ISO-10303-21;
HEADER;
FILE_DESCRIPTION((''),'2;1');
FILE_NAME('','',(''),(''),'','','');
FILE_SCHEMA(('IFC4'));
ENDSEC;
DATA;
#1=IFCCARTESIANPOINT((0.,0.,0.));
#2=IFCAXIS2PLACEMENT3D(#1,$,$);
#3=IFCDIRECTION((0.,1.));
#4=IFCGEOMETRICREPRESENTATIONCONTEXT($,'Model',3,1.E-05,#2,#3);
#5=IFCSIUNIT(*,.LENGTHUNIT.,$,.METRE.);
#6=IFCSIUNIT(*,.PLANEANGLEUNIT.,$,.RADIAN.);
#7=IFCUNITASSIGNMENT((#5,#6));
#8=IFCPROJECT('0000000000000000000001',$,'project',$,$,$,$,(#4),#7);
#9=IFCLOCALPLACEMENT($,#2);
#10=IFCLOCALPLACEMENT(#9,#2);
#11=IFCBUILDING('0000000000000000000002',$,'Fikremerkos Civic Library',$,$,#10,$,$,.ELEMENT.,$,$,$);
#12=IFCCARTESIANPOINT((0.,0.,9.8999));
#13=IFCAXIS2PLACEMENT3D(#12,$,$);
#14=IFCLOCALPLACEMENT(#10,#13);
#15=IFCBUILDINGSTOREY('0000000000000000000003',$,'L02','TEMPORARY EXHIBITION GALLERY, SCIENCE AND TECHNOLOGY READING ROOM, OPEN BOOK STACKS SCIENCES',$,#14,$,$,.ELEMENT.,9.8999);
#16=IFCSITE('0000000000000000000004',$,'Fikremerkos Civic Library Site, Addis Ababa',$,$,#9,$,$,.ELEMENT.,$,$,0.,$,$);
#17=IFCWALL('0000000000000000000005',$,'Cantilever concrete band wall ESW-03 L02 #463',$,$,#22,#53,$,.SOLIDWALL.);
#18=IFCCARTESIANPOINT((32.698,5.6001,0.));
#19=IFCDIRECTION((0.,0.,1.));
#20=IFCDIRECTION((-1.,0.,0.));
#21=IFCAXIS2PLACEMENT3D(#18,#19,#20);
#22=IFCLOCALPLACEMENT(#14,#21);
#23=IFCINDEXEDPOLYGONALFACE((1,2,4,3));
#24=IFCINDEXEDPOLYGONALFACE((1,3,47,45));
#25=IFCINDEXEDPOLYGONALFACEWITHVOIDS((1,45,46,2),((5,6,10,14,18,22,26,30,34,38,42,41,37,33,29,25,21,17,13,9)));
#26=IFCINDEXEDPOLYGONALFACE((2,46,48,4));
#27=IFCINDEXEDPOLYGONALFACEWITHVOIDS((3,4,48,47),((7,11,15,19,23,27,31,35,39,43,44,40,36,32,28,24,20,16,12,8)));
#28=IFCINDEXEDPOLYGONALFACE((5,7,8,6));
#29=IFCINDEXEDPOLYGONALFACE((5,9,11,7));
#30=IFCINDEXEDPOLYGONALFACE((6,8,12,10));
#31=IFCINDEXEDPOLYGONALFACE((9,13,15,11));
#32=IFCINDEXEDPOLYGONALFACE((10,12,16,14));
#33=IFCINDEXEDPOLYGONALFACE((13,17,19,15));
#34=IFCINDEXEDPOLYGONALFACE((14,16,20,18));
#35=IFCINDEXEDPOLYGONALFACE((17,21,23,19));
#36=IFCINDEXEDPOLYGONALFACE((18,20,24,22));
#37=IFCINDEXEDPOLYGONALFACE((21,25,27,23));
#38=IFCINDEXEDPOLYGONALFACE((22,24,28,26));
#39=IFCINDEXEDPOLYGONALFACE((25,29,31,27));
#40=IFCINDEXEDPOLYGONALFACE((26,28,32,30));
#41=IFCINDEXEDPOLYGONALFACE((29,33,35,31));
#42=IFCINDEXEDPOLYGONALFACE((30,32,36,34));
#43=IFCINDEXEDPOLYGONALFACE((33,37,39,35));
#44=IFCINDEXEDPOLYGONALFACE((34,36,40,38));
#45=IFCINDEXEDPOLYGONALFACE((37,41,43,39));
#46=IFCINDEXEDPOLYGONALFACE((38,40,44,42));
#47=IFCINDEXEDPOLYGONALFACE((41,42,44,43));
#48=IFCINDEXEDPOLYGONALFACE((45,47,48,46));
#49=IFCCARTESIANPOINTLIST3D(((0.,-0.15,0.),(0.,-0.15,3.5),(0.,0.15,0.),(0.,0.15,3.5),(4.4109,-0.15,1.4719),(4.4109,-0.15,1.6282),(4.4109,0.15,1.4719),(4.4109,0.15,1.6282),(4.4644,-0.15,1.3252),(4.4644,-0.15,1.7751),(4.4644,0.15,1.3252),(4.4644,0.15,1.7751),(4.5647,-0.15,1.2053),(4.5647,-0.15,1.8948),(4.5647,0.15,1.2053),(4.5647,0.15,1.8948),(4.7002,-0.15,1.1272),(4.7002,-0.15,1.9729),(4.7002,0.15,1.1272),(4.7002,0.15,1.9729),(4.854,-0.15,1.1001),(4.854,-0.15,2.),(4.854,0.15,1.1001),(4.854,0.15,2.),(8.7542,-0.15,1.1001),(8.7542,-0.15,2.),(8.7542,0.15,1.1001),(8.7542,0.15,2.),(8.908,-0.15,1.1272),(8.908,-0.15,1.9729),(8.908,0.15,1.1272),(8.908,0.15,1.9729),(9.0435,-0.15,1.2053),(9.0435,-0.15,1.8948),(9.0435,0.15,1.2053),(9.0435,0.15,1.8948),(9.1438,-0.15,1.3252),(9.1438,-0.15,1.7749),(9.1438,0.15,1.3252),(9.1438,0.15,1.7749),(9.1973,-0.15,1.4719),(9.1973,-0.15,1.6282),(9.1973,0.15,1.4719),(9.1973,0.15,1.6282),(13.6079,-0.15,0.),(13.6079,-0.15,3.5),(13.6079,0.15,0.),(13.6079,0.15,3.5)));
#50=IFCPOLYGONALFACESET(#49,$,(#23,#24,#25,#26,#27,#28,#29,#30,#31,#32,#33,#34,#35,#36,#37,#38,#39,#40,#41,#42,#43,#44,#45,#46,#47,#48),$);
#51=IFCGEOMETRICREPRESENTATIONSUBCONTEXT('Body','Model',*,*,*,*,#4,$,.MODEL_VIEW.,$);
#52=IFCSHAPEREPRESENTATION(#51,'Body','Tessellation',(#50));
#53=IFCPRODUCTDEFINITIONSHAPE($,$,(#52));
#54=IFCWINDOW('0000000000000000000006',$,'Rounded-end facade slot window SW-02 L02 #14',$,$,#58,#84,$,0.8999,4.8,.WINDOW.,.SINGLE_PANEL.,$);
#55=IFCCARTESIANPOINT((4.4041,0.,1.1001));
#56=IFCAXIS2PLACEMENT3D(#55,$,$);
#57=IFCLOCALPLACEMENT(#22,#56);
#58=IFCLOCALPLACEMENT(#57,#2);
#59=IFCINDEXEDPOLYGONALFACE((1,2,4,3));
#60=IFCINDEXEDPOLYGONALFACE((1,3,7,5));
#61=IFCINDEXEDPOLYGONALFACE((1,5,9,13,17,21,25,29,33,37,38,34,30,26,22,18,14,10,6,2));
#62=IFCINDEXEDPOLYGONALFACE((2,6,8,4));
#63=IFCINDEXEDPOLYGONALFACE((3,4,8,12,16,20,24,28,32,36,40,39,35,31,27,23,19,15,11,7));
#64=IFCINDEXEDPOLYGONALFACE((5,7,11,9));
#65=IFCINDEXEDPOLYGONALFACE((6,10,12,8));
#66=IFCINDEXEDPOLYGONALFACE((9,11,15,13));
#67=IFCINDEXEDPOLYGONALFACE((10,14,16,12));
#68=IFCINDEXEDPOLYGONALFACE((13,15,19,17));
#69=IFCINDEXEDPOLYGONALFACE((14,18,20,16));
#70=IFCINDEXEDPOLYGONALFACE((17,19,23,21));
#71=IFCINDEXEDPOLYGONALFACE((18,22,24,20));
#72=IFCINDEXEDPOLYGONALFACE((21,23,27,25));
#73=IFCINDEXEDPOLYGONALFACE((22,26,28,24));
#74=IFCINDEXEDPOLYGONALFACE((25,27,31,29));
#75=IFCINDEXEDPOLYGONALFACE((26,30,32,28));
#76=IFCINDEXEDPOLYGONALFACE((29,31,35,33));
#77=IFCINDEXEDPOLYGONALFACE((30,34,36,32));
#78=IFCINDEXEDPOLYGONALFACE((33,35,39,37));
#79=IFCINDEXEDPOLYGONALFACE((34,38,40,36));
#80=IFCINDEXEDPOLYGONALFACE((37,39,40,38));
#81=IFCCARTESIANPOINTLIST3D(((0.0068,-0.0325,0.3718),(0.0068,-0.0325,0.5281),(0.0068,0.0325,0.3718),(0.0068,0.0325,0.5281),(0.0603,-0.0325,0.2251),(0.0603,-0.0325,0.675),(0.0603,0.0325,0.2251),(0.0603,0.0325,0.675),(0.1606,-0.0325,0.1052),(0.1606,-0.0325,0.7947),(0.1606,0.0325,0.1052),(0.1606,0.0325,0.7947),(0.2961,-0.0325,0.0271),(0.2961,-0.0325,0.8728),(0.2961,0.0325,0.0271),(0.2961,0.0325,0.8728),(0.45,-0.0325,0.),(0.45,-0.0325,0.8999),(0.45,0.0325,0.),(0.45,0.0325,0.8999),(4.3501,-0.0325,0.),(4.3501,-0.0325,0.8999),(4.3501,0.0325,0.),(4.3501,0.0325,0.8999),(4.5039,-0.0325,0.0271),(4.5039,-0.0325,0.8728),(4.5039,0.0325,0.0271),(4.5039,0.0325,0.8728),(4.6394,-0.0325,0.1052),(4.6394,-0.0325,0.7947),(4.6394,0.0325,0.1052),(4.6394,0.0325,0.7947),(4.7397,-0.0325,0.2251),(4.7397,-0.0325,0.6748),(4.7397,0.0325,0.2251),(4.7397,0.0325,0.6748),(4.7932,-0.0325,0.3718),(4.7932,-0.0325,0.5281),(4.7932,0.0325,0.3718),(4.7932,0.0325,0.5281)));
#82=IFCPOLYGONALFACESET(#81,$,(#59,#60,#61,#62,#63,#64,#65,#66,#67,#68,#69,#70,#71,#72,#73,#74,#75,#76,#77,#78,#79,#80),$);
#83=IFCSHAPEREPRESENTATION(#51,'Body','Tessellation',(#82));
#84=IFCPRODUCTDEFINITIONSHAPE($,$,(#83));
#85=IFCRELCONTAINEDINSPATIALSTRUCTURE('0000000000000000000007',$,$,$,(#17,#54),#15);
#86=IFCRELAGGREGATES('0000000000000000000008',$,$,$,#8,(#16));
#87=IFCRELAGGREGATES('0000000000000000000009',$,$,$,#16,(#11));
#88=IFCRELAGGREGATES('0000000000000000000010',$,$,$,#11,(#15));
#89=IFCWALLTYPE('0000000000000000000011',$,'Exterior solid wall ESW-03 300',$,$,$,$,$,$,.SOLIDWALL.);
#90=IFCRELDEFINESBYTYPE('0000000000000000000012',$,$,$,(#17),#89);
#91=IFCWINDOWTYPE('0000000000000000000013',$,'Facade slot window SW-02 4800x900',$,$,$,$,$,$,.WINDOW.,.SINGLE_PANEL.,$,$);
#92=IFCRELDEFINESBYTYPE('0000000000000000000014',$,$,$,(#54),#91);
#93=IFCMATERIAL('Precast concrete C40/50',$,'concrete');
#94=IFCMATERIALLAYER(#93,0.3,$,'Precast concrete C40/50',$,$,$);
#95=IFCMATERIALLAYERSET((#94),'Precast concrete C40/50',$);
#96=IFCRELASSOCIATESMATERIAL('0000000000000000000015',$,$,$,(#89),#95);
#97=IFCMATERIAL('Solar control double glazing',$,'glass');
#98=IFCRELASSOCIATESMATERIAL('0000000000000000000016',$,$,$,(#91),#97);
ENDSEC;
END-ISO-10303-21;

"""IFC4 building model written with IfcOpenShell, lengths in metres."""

from ifc_helpers import new_model, si_unit, direction, frame, frame_2d, origin, place, context, subcontext, project, spatial, polyline, rectangle, outline, extrude, material, layer, layer_set, type_object, element, fill, save


model = new_model("IFC4")

# Units and contexts
model_context = context("Model", 3, precision=1e-05, world=origin(), true_north=direction((0.0, 1.0)))
body_context = subcontext(model_context, "Body", "Model", "MODEL_VIEW")
ifc_project = project(units=[si_unit("LENGTHUNIT", "METRE"), si_unit("PLANEANGLEUNIT", "RADIAN")], contexts=[model_context])

# Site, building, storey
site_placement = place(None, origin())
site = spatial("IfcSite", under=ifc_project, at=site_placement, Name="Fikremerkos Civic Library Site, Addis Ababa", CompositionType="ELEMENT", RefElevation=0.0)
building_placement = place(site_placement, origin())
building = spatial("IfcBuilding", under=site, at=building_placement, Name="Fikremerkos Civic Library", CompositionType="ELEMENT")
storey_placement = place(building_placement, frame((0.0, 0.0, 9.8999)))
storey = spatial("IfcBuildingStorey", under=building, at=storey_placement, Name="L02", Description="TEMPORARY EXHIBITION GALLERY, SCIENCE AND TECHNOLOGY READING ROOM, OPEN BOOK STACKS SCIENCES", CompositionType="ELEMENT", Elevation=9.8999)

# Wall, opening, window
ifc_material_1 = material(Name="Precast concrete C40/50", Category="concrete")
ifc_layer_1 = layer(ifc_material_1, 0.3, Name="Precast concrete C40/50")
ifc_layer_set_1 = layer_set([ifc_layer_1], Name="Precast concrete C40/50")
wall_type_1 = type_object("IfcWallType", Name="Exterior solid wall ESW-03 300", PredefinedType="SOLIDWALL", material=ifc_layer_set_1)
wall_1_placement = place(storey_placement, frame((32.698, 5.6001, 0.0), z_axis=(0.0, 0.0, 1.0), x_axis=(-1.0, 0.0, 0.0)))
wall_1 = element("IfcWall", 1, at=wall_1_placement, inside=storey, type_object=wall_type_1, Name="Cantilever concrete band wall ESW-03 L02 #463", PredefinedType="SOLIDWALL", context=body_context, shape_type="SweptSolid", body=[
    extrude(rectangle(XDim=13.6079, YDim=0.3, at=frame_2d((6.804, 0.0))), origin(), (0.0, 0.0, 1.0), 3.5),
])
opening_1_placement = place(wall_1_placement, frame((4.4041, 0.0, 1.1001)))
opening_1 = element("IfcOpeningElement", 2, at=opening_1_placement, cuts=wall_1, PredefinedType="OPENING", context=body_context, shape_type="SweptSolid", body=[
    extrude(outline(polyline([(0.45, 0.8999), (0.2961, 0.8728), (0.1606, 0.7947), (0.0603, 0.675), (0.0068, 0.5281), (0.0068, 0.3718), (0.0603, 0.2251), (0.1606, 0.1052), (0.2961, 0.0271), (0.45, 0.0), (4.3501, 0.0), (4.5039, 0.0271), (4.6394, 0.1052), (4.7397, 0.2251), (4.7932, 0.3718), (4.7932, 0.5281), (4.7397, 0.6748), (4.6394, 0.7947), (4.5039, 0.8728), (4.3501, 0.8999), (0.45, 0.8999)])), frame((0.0, 0.1599, 0.0), z_axis=(0.0, -1.0, 0.0), x_axis=(1.0, 0.0, 0.0)), (0.0, 0.0, 1.0), 0.3201),
])
ifc_material_2 = material(Name="Solar control double glazing", Category="glass")
window_type = type_object("IfcWindowType", Name="Facade slot window SW-02 4800x900", PartitioningType="SINGLE_PANEL", PredefinedType="WINDOW", material=ifc_material_2)
window_placement = place(opening_1_placement, origin())
window = element("IfcWindow", 3, at=window_placement, inside=storey, type_object=window_type, Name="Rounded-end facade slot window SW-02 L02 #14", OverallHeight=0.8999, OverallWidth=4.8, PartitioningType="SINGLE_PANEL", PredefinedType="WINDOW", context=body_context, shape_type="SweptSolid", body=[
    extrude(outline(polyline([(0.45, 0.8999), (0.2961, 0.8728), (0.1606, 0.7947), (0.0603, 0.675), (0.0068, 0.5281), (0.0068, 0.3718), (0.0603, 0.2251), (0.1606, 0.1052), (0.2961, 0.0271), (0.45, 0.0), (4.3501, 0.0), (4.5039, 0.0271), (4.6394, 0.1052), (4.7397, 0.2251), (4.7932, 0.3718), (4.7932, 0.5281), (4.7397, 0.6748), (4.6394, 0.7947), (4.5039, 0.8728), (4.3501, 0.8999), (0.45, 0.8999)])), frame((0.0, 0.0325, 0.0), z_axis=(0.0, -1.0, 0.0), x_axis=(1.0, 0.0, 0.0)), (0.0, 0.0, 1.0), 0.0649),
])
fill(opening_1, window)

save(model, "model.ifc")
